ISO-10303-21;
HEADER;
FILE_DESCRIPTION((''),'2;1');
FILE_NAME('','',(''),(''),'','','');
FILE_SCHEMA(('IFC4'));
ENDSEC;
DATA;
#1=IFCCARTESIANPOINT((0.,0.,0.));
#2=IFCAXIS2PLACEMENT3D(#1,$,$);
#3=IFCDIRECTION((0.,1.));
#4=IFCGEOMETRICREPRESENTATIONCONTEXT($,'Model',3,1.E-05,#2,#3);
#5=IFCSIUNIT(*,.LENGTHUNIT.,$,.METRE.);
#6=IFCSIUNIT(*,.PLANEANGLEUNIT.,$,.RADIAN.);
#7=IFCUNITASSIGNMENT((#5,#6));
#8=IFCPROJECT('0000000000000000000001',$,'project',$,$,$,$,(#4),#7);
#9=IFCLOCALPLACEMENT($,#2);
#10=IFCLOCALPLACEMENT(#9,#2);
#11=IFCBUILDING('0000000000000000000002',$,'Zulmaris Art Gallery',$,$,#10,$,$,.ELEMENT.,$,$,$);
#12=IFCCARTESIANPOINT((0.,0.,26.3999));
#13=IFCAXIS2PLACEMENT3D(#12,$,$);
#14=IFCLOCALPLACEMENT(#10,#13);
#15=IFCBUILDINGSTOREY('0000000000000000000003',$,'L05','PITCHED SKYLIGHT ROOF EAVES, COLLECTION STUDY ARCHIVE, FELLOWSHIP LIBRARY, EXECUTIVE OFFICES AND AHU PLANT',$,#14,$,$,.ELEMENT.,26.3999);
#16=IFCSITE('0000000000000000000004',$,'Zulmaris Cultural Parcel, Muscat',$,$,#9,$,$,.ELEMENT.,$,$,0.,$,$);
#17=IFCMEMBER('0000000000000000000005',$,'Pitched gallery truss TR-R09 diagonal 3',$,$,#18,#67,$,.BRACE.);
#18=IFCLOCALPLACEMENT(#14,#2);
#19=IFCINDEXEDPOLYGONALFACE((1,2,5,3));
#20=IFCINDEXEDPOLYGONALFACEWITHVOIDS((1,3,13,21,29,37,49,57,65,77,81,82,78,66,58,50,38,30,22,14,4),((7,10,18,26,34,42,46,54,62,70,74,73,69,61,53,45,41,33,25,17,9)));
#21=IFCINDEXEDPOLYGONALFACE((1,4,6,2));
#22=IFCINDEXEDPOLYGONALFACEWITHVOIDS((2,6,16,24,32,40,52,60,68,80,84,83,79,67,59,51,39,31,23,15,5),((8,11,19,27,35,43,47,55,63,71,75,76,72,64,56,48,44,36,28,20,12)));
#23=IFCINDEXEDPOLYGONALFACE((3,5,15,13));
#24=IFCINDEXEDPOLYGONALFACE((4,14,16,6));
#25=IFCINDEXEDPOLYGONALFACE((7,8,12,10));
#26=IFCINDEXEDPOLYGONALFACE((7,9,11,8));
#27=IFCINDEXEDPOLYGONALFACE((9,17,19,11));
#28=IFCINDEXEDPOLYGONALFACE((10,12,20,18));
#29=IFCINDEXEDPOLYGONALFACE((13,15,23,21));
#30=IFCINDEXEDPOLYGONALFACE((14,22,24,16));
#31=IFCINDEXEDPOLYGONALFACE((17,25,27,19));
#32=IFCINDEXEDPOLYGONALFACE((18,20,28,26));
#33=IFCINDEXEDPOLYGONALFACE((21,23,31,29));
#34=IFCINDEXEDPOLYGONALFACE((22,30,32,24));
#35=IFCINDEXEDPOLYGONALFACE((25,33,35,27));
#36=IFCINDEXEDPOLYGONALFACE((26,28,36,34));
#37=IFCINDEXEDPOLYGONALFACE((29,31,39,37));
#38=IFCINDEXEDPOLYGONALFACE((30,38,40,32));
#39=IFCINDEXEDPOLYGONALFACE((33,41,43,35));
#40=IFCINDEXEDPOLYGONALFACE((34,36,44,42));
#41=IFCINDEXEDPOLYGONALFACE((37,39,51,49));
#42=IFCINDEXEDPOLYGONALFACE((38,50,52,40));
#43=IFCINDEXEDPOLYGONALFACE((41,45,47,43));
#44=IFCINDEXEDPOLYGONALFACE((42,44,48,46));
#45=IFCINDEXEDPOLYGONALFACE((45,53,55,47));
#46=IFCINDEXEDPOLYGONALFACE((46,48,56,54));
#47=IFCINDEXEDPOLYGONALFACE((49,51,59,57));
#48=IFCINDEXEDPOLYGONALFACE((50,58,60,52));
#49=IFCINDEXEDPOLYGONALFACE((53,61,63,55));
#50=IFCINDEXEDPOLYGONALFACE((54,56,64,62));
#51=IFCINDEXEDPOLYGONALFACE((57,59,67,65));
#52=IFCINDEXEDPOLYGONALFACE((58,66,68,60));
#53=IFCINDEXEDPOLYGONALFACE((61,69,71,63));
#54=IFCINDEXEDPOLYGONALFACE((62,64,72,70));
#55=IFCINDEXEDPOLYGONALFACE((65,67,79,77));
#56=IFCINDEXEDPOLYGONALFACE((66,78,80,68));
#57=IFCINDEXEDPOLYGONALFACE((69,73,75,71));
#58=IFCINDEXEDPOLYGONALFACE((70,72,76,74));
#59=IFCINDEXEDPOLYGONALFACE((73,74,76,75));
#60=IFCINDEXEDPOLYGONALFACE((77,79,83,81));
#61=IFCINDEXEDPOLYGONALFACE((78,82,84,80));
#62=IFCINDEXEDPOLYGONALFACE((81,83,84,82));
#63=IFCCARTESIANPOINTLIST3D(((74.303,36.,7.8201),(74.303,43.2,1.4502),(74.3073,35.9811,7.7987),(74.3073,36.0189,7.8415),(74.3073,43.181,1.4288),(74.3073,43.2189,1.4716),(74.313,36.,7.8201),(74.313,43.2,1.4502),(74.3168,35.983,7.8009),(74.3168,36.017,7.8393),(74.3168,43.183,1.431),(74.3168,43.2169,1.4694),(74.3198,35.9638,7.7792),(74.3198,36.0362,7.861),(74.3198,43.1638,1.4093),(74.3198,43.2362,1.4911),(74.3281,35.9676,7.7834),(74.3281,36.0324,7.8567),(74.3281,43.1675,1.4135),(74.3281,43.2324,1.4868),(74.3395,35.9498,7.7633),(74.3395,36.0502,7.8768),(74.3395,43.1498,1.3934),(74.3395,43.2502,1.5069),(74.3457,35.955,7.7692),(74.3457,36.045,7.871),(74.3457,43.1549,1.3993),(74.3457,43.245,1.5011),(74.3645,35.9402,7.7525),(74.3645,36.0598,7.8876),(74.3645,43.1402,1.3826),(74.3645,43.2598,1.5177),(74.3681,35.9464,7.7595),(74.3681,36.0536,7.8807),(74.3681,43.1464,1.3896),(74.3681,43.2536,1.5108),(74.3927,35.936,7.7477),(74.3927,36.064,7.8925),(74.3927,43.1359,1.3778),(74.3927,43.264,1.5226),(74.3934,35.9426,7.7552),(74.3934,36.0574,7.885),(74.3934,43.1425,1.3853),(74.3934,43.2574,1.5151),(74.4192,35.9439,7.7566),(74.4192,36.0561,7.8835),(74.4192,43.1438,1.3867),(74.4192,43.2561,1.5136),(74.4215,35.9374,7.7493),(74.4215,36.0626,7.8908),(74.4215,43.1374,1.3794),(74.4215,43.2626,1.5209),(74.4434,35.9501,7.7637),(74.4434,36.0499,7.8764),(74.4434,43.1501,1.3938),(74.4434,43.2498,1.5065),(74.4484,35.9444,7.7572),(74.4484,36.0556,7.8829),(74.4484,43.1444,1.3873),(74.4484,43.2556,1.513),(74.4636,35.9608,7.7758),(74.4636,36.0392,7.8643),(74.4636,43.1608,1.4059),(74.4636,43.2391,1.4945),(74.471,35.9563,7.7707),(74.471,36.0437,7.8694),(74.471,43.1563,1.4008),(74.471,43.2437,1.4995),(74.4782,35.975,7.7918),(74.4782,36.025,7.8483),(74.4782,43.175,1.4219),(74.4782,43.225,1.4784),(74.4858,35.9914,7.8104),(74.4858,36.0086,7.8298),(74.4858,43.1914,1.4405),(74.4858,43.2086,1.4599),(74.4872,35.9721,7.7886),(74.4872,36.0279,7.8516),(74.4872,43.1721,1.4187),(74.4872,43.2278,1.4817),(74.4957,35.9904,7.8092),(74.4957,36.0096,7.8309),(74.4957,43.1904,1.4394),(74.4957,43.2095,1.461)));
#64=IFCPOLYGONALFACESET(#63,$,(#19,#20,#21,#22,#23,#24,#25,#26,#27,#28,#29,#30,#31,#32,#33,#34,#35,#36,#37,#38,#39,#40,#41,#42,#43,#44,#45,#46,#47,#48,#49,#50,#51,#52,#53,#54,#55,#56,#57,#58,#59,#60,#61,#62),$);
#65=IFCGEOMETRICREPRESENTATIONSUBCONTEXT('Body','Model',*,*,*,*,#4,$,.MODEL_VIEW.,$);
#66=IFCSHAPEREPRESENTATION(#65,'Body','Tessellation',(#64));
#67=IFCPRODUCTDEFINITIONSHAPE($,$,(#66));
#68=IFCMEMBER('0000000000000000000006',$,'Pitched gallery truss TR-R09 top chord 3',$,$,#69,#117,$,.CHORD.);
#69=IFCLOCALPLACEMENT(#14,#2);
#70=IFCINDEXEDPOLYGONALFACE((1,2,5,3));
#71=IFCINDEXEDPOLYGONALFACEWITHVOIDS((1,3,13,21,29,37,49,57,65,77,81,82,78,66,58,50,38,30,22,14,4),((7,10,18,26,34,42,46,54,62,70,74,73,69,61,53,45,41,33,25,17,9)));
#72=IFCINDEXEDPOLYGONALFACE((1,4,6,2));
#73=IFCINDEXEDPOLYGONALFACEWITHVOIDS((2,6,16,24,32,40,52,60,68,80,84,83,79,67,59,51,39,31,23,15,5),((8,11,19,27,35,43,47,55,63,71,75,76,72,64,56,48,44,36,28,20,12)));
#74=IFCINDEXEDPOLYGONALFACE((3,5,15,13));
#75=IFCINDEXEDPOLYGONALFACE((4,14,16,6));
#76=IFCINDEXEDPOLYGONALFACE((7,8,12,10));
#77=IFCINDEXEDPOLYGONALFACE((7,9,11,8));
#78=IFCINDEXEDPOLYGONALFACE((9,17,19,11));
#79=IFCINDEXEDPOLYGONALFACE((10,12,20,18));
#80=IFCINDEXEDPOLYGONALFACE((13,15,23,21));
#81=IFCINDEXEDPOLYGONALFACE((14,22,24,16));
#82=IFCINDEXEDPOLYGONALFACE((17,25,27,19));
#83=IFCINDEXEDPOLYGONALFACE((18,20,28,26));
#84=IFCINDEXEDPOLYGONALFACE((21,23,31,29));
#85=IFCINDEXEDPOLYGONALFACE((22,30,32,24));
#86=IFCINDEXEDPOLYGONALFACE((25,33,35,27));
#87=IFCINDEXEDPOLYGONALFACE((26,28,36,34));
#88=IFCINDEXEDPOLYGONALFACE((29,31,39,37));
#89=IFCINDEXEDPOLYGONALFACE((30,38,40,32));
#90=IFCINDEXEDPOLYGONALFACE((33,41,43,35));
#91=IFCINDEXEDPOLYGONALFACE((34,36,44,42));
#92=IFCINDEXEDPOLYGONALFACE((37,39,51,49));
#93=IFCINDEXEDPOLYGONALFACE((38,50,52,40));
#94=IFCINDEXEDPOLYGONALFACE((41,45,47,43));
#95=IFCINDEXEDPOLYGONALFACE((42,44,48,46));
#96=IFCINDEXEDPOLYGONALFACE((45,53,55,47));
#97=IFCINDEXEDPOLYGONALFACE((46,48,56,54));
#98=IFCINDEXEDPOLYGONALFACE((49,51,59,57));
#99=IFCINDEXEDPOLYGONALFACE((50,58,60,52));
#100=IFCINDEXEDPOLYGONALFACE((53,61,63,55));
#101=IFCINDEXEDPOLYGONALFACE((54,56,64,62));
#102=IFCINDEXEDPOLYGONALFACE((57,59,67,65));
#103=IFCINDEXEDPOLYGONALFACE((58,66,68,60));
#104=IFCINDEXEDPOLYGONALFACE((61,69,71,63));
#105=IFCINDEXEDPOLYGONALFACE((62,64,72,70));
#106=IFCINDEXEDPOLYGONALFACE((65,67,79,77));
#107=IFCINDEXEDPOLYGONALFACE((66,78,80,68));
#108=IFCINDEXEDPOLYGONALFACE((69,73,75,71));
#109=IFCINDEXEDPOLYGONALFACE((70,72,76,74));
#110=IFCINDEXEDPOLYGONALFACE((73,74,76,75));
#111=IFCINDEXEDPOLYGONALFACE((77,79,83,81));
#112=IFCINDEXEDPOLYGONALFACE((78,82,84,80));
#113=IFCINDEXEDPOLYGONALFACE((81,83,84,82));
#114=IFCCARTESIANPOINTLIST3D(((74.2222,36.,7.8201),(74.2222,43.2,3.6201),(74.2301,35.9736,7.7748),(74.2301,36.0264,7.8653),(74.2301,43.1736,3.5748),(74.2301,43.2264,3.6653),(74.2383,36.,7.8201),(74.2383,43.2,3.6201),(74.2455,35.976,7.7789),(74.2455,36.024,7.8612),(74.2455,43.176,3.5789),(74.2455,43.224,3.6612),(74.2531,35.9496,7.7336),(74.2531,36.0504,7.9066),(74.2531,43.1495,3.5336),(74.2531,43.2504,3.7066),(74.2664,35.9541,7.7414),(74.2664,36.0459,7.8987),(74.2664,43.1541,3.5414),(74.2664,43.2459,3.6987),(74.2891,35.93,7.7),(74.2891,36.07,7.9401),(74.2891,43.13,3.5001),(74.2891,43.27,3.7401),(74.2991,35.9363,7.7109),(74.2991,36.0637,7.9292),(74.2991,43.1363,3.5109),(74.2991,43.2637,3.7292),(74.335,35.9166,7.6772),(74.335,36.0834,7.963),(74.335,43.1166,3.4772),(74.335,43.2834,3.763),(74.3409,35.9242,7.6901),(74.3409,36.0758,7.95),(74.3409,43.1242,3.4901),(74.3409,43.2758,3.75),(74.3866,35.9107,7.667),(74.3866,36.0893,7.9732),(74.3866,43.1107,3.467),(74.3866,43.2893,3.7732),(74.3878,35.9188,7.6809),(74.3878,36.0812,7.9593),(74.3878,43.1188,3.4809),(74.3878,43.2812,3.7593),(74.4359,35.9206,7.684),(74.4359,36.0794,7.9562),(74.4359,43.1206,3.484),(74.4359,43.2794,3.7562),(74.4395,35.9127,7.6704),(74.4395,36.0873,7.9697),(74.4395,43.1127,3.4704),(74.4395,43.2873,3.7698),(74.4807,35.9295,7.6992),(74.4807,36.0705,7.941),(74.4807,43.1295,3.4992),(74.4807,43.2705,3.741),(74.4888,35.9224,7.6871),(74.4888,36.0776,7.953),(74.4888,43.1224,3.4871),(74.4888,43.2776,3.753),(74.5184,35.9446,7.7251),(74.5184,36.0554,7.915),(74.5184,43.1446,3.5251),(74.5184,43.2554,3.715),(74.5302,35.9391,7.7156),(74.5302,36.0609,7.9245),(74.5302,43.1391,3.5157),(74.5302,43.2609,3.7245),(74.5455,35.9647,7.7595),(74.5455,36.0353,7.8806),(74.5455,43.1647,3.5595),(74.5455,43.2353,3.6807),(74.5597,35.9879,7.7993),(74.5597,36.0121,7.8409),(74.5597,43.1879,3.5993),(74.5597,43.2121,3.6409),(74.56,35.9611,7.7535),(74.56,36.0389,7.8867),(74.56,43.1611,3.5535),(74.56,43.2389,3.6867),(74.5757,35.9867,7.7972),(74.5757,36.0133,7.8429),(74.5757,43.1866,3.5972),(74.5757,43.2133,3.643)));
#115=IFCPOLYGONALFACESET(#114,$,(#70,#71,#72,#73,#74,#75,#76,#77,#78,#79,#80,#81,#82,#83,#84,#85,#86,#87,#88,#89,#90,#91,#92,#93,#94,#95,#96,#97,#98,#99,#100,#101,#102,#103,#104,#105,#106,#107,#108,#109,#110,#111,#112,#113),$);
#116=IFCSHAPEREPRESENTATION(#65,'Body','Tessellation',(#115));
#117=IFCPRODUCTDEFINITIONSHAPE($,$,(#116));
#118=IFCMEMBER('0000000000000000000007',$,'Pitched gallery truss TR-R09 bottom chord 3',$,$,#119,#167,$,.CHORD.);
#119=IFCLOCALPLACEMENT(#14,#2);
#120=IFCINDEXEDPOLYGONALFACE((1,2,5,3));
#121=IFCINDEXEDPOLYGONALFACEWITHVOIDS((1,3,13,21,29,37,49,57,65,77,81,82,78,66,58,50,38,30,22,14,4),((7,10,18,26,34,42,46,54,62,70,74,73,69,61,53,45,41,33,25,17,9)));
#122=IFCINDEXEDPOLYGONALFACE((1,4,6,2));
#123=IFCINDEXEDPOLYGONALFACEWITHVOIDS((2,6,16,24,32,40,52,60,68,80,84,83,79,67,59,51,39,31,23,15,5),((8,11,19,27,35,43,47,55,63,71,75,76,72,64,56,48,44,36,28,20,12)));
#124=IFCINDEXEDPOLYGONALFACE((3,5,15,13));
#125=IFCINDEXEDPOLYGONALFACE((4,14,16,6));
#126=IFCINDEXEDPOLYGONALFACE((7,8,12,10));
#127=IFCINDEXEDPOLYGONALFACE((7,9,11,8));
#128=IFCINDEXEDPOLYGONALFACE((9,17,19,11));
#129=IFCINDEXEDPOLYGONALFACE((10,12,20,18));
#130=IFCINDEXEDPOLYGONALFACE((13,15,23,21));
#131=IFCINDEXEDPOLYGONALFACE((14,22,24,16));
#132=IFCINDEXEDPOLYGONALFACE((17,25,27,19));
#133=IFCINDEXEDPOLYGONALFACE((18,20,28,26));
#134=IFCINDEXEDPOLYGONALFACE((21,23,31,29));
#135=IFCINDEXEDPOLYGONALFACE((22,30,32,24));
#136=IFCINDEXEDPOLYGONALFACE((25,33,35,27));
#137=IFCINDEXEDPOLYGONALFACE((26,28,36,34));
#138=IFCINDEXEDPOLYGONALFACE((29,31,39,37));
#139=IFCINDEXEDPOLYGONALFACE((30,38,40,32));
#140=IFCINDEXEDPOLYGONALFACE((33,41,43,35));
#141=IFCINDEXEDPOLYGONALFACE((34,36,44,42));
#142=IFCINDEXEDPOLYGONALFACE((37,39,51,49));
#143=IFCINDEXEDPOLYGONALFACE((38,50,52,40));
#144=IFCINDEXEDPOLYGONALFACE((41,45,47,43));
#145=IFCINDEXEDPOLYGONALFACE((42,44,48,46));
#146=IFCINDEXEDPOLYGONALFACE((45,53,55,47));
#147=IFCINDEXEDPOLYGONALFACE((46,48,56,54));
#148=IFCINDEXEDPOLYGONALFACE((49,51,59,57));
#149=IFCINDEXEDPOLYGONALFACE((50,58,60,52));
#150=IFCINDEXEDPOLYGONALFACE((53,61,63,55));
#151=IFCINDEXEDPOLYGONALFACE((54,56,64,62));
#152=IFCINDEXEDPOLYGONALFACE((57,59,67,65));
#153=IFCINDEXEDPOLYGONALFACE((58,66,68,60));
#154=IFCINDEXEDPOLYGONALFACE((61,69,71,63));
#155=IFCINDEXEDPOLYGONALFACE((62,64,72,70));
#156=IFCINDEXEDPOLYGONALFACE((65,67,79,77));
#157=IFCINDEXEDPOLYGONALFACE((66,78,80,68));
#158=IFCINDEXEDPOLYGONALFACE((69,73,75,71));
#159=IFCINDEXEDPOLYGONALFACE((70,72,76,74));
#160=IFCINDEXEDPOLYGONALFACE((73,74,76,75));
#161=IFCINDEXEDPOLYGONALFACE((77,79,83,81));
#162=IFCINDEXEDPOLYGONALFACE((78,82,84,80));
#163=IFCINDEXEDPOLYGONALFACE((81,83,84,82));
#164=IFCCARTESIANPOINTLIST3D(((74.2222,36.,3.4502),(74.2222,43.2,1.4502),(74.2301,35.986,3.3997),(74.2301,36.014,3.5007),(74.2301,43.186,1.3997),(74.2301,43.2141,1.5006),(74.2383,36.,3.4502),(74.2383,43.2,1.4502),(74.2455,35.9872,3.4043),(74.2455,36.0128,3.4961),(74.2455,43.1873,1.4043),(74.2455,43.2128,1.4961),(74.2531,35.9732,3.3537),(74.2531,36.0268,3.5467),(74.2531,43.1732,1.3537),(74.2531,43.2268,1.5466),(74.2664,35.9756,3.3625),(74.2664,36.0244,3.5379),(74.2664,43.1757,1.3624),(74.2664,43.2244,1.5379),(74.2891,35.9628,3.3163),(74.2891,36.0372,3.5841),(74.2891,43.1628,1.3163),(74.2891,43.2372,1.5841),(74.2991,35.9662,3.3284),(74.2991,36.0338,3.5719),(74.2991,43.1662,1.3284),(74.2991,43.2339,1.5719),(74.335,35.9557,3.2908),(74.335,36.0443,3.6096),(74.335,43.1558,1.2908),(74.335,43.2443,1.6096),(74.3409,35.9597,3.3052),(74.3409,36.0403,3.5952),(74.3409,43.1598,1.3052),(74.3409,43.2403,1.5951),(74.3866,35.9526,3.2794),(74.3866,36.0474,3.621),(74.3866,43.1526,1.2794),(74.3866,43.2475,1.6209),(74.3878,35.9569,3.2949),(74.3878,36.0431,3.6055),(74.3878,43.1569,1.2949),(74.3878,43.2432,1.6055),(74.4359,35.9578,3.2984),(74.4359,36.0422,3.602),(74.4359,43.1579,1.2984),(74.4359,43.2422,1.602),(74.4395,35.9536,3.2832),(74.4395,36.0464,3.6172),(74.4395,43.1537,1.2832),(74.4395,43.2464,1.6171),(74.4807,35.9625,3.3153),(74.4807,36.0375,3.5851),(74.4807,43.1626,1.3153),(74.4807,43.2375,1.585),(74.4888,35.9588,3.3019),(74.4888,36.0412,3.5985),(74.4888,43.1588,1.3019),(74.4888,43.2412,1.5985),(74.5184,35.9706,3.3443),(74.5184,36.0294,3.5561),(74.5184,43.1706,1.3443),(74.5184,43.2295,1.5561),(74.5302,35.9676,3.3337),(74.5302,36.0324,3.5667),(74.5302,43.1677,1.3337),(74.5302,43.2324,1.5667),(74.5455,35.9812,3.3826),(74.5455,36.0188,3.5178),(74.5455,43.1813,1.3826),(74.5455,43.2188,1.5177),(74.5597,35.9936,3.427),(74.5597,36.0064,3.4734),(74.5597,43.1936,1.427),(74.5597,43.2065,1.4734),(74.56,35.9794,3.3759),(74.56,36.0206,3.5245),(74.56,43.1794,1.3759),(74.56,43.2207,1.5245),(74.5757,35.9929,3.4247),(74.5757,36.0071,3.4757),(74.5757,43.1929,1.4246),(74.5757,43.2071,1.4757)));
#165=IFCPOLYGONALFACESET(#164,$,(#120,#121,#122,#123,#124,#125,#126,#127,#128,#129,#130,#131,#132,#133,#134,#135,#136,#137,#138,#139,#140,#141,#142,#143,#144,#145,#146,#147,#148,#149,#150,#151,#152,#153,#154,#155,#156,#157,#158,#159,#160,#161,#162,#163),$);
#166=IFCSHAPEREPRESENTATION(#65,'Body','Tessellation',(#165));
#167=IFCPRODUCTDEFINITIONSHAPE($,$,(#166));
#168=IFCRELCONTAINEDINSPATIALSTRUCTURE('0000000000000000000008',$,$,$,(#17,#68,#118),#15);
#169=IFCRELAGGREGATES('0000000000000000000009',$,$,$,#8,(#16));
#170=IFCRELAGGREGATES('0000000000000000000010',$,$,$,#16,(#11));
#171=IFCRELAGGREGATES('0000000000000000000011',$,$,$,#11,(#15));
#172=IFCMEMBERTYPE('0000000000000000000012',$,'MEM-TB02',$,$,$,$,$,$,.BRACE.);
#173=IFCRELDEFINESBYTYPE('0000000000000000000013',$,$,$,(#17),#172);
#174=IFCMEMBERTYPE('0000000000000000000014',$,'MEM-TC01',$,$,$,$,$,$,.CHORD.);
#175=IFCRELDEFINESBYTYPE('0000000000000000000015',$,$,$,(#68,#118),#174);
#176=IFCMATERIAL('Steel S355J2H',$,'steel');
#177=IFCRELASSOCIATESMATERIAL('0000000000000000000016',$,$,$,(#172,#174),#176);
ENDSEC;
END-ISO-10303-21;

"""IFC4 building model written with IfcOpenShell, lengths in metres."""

from ifc_helpers import new_model, si_unit, direction, frame, origin, origin_2d, place, context, subcontext, project, spatial, hollow_circle, extrude, material, material_profile, profile_set, type_object, element, save


model = new_model("IFC4")

# Units and contexts
model_context = context("Model", 3, precision=1e-05, world=origin(), true_north=direction((0.0, 1.0)))
body_context = subcontext(model_context, "Body", "Model", "MODEL_VIEW")
ifc_project = project(units=[si_unit("LENGTHUNIT", "METRE"), si_unit("PLANEANGLEUNIT", "RADIAN")], contexts=[model_context])

# Site, building, storey
site_placement = place(None, origin())
site = spatial("IfcSite", under=ifc_project, at=site_placement, Name="Zulmaris Cultural Parcel, Muscat", CompositionType="ELEMENT", RefElevation=0.0)
building_placement = place(site_placement, origin())
building = spatial("IfcBuilding", under=site, at=building_placement, Name="Zulmaris Art Gallery", CompositionType="ELEMENT")
storey_placement = place(building_placement, frame((0.0, 0.0, 26.3999)))
storey = spatial("IfcBuildingStorey", under=building, at=storey_placement, Name="L05", Description="PITCHED SKYLIGHT ROOF EAVES, COLLECTION STUDY ARCHIVE, FELLOWSHIP LIBRARY, EXECUTIVE OFFICES AND AHU PLANT", CompositionType="ELEMENT", Elevation=26.3999)

# Members
ifc_material_1 = material(Name="Steel S355J2H", Category="steel")
ifc_material_profile_1 = material_profile(ifc_material_1, hollow_circle(Radius=0.0969, WallThickness=0.01, at=origin_2d()), Name="CHS 193.7x10")
ifc_profile_set_1 = profile_set([ifc_material_profile_1], Name="Steel S355J2H")
member_type_1 = type_object("IfcMemberType", Name="MEM-TB02", PredefinedType="BRACE", material=ifc_profile_set_1)
member_1_placement = place(storey_placement, frame((74.3999, 36.0, 7.8201), z_axis=(0.0, 0.748961, -0.662614), x_axis=(-1.0, 0.0, 0.0)))
element("IfcMember", 1, at=member_1_placement, inside=storey, type_object=member_type_1, Name="Pitched gallery truss TR-R09 diagonal 3", PredefinedType="BRACE", context=body_context, shape_type="SweptSolid", body=[
    extrude(hollow_circle(Radius=0.0969, WallThickness=0.01, at=origin_2d()), origin(), (0.0, 0.0, 1.0), 9.6133),
])
ifc_material_profile_2 = material_profile(ifc_material_1, hollow_circle(Radius=0.1777, WallThickness=0.0161, at=origin_2d()), Name="CHS 355.6x16")
ifc_profile_set_2 = profile_set([ifc_material_profile_2], Name="Steel S355J2H")
member_type_2 = type_object("IfcMemberType", Name="MEM-TC01", PredefinedType="CHORD", material=ifc_profile_set_2)
member_2_placement = place(storey_placement, frame((74.3999, 36.0, 7.8201), z_axis=(0.0, 0.86378, -0.503869), x_axis=(-1.0, 0.0, 0.0)))
element("IfcMember", 2, at=member_2_placement, inside=storey, type_object=member_type_2, Name="Pitched gallery truss TR-R09 top chord 3", PredefinedType="CHORD", context=body_context, shape_type="SweptSolid", body=[
    extrude(hollow_circle(Radius=0.1777, WallThickness=0.0161, at=origin_2d()), origin(), (0.0, 0.0, 1.0), 8.3354),
])
member_3_placement = place(storey_placement, frame((74.3999, 36.0, 3.4502), z_axis=(0.0, 0.963517, -0.267646), x_axis=(-1.0, 0.0, 0.0)))
element("IfcMember", 3, at=member_3_placement, inside=storey, type_object=member_type_2, Name="Pitched gallery truss TR-R09 bottom chord 3", PredefinedType="CHORD", context=body_context, shape_type="SweptSolid", body=[
    extrude(hollow_circle(Radius=0.1777, WallThickness=0.0161, at=origin_2d()), origin(), (0.0, 0.0, 1.0), 7.4727),
])

save(model, "model.ifc")
